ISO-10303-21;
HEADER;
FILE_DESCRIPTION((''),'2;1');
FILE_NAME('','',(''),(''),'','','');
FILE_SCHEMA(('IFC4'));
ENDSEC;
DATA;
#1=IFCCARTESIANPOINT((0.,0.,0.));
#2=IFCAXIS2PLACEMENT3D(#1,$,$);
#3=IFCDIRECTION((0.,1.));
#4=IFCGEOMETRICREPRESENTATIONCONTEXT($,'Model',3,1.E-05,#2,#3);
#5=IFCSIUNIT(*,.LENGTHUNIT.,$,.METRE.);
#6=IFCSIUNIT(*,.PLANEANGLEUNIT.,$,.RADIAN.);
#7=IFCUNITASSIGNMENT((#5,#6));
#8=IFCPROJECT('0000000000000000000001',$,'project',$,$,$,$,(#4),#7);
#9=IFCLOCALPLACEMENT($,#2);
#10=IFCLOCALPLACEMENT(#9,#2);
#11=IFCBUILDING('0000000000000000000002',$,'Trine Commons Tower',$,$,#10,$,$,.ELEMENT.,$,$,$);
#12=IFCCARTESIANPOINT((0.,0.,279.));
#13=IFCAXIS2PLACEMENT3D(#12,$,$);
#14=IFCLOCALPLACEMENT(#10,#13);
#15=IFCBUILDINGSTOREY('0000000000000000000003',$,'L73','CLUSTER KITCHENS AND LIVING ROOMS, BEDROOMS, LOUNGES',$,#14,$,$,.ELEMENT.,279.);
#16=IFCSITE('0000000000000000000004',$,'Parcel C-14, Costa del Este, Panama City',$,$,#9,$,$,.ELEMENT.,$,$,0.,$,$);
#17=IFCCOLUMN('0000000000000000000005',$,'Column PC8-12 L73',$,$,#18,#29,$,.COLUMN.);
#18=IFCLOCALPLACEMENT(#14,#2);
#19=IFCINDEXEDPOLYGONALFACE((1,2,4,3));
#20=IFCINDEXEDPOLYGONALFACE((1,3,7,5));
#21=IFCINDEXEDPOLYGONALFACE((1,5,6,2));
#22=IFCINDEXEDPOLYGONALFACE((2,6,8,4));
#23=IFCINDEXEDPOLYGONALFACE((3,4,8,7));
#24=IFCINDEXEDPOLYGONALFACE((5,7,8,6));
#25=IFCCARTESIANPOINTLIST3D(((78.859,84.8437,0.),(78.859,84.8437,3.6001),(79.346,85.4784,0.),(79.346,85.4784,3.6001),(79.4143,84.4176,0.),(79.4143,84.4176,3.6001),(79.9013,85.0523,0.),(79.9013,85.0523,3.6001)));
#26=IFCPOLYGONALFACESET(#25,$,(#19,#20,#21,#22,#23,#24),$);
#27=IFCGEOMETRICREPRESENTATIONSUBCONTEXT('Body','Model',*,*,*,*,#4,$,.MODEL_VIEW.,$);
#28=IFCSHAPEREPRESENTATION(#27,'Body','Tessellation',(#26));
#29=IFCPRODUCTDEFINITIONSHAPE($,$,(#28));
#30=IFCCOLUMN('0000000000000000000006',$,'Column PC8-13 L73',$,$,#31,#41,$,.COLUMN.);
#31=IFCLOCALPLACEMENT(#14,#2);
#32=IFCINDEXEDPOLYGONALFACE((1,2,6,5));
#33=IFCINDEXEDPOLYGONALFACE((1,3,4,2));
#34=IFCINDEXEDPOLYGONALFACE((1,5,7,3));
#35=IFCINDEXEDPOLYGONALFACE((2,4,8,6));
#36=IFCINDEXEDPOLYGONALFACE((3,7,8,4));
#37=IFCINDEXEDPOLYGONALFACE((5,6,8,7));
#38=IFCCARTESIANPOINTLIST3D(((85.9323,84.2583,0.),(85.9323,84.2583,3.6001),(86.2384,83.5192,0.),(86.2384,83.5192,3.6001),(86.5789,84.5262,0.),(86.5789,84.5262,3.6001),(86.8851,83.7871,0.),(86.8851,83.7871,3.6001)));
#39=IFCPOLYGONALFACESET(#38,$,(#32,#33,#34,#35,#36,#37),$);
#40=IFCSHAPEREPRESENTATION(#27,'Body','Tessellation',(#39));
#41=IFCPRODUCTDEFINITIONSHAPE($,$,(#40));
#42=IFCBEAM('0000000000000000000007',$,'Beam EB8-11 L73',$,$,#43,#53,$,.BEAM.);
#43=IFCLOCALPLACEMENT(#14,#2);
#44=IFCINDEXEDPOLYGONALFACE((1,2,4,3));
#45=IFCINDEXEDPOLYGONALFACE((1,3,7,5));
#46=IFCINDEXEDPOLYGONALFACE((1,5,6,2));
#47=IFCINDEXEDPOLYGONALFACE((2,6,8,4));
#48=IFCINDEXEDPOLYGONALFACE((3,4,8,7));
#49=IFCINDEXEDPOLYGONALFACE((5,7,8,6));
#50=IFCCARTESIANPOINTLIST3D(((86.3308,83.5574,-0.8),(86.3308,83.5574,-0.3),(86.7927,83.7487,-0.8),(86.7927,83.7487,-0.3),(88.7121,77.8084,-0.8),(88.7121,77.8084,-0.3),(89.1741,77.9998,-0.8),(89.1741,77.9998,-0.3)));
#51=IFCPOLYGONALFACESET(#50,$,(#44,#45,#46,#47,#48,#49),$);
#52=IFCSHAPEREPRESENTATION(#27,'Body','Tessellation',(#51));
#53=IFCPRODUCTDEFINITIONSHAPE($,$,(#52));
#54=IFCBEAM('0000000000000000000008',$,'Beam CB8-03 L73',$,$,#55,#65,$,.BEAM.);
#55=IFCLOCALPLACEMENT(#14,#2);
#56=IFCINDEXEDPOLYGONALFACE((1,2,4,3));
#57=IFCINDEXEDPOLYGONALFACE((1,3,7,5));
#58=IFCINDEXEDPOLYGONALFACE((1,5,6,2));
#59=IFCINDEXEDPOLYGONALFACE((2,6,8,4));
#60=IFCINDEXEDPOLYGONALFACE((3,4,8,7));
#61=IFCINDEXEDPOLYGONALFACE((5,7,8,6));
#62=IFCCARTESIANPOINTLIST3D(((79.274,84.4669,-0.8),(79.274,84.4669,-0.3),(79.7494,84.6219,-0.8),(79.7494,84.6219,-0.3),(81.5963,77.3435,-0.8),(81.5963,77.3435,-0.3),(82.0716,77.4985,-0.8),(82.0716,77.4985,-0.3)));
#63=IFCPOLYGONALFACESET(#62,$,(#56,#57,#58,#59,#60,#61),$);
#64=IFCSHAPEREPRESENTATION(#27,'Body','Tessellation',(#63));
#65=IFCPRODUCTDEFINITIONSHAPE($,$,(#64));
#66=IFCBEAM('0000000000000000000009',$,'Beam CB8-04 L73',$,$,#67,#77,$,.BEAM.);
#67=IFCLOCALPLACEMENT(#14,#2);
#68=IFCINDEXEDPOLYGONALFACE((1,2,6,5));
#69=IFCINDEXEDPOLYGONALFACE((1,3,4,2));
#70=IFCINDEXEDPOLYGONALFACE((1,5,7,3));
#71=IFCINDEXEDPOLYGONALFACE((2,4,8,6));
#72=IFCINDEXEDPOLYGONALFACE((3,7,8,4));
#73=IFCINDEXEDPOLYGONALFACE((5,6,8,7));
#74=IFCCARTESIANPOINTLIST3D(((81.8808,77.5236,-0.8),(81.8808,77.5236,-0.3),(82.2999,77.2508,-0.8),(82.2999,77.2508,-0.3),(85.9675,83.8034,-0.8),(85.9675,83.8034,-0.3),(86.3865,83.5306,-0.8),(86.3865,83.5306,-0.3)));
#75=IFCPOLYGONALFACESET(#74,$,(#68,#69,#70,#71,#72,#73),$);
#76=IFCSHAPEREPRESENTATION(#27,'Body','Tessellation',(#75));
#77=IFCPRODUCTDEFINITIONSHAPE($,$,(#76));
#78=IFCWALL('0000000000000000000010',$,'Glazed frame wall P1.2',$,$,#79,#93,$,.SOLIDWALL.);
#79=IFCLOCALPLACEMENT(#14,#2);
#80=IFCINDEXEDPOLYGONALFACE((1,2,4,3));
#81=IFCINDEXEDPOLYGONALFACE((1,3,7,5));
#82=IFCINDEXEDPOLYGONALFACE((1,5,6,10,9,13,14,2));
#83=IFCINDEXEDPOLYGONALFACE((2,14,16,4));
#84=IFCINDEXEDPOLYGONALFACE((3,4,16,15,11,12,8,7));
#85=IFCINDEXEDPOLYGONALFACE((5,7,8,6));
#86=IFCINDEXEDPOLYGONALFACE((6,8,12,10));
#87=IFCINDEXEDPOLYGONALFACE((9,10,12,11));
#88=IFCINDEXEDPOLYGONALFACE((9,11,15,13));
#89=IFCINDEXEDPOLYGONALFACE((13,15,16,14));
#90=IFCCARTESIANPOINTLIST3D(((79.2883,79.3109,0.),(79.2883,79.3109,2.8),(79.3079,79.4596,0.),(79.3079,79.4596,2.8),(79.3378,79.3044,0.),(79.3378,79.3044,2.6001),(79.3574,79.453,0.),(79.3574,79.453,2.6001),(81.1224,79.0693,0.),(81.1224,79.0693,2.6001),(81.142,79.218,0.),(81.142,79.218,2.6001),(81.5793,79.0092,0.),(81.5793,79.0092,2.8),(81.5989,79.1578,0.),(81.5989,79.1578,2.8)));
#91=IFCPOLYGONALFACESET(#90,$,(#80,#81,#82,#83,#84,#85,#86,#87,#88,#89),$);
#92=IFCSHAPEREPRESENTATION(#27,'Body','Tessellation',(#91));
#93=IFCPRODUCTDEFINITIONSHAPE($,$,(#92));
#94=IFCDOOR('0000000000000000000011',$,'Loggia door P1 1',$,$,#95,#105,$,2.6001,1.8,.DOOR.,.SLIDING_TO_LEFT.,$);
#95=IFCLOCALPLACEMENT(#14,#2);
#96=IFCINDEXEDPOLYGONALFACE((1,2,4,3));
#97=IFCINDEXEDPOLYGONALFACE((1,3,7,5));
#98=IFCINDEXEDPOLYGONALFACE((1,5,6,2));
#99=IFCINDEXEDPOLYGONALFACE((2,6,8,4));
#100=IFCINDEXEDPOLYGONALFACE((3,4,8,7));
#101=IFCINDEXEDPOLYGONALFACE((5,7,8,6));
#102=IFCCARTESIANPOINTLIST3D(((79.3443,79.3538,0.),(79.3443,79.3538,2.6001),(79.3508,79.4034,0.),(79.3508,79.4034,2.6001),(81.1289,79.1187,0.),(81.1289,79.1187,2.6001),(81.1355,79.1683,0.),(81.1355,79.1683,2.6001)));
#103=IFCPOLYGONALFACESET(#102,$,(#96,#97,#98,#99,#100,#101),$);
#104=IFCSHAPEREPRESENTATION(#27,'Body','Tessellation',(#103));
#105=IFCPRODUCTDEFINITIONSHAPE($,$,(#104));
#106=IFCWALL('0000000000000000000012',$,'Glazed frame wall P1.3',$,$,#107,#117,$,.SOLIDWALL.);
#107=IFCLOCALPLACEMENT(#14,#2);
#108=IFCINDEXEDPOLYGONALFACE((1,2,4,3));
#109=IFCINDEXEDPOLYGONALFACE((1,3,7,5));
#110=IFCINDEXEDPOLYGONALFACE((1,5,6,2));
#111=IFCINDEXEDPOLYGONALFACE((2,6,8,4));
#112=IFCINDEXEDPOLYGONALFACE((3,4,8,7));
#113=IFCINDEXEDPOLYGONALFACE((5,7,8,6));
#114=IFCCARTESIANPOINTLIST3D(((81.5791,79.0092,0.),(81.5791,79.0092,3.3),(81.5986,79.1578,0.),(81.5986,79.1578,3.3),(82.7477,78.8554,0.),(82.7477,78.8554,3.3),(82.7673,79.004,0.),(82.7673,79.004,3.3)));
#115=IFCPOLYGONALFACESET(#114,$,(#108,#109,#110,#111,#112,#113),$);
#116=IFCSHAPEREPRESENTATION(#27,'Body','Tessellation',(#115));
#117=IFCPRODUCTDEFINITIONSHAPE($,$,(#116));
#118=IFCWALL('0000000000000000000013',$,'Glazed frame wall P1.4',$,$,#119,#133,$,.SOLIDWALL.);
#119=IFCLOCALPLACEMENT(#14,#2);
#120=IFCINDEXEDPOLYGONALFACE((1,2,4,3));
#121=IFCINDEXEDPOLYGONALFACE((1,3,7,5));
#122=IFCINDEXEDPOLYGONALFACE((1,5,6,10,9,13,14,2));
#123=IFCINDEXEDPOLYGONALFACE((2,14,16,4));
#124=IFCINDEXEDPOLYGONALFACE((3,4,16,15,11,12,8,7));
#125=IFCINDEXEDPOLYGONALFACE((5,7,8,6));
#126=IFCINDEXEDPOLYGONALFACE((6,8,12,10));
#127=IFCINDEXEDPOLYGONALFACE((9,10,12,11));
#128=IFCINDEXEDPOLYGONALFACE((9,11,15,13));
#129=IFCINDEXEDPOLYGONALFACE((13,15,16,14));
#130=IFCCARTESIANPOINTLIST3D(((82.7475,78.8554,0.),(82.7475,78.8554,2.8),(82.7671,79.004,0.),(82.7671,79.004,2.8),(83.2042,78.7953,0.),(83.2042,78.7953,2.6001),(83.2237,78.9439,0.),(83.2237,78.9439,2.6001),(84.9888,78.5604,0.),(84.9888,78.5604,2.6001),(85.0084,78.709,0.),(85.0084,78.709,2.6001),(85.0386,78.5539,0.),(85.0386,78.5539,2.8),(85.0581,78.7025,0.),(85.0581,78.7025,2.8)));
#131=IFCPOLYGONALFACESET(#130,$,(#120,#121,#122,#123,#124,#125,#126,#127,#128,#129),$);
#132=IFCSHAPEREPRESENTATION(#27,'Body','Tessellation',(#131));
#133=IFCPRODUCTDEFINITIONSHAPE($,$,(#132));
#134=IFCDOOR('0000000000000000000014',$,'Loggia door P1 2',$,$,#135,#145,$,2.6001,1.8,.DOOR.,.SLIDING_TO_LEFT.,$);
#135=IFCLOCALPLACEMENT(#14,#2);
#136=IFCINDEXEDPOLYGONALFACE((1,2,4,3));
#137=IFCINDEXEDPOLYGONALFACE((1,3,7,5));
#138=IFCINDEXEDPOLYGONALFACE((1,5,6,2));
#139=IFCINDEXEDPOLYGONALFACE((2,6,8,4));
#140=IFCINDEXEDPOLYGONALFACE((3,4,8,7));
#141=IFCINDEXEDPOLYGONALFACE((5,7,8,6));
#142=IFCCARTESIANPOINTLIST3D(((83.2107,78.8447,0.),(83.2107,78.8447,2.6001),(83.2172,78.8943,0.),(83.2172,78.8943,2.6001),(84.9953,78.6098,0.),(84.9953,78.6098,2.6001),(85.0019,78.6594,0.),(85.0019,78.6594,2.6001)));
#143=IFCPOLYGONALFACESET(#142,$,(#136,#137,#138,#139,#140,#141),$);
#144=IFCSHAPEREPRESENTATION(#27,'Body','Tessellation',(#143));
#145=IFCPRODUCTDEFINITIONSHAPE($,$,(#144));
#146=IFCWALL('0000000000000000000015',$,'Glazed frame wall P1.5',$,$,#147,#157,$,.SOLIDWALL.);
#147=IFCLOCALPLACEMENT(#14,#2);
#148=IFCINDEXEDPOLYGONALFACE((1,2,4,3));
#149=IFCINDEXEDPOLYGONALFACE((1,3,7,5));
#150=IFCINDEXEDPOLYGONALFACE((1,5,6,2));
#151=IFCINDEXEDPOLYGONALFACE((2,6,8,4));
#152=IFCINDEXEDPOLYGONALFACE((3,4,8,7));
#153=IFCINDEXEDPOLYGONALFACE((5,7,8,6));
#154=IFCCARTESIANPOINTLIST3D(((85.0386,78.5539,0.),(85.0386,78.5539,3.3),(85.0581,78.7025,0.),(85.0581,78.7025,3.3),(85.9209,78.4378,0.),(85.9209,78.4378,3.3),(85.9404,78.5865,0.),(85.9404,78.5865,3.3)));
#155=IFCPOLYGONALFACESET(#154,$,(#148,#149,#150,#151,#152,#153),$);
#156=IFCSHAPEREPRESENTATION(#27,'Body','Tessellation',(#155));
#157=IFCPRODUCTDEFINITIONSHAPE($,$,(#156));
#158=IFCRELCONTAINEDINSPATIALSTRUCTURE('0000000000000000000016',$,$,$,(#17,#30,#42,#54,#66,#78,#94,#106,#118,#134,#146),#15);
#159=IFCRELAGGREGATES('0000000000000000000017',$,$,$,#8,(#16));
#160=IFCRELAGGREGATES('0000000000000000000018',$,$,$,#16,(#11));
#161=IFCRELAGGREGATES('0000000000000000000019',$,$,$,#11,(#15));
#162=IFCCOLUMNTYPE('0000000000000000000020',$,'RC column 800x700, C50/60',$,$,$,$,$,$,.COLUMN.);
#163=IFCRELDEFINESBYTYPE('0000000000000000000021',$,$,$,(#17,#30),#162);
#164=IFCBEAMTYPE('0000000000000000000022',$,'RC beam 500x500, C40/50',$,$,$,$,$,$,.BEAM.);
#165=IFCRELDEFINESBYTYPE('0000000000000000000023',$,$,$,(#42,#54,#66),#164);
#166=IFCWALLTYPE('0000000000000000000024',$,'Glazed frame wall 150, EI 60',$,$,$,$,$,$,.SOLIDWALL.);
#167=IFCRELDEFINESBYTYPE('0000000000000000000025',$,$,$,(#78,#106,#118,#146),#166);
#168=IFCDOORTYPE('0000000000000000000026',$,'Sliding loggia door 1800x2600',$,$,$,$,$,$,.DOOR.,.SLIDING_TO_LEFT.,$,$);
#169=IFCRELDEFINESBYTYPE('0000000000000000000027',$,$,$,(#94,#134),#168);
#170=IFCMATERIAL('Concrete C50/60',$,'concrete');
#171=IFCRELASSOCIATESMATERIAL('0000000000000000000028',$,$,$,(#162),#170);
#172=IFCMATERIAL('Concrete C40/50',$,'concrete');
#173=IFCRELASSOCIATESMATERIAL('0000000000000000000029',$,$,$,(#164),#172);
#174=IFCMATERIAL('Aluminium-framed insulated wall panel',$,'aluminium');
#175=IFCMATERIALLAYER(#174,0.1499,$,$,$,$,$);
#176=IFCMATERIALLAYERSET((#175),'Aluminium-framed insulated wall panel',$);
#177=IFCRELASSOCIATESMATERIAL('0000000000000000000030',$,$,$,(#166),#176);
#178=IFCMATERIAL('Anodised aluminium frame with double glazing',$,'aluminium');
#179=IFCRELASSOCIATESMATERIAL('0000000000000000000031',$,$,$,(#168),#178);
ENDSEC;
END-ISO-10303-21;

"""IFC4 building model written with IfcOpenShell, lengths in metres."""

from ifc_helpers import new_model, si_unit, direction, frame, frame_2d, origin, origin_2d, place, context, subcontext, project, spatial, polyline, rectangle, outline, extrude, material, layer, layer_set, material_profile, profile_set, type_object, element, fill, save


model = new_model("IFC4")

# Units and contexts
model_context = context("Model", 3, precision=1e-05, world=origin(), true_north=direction((0.0, 1.0)))
body_context = subcontext(model_context, "Body", "Model", "MODEL_VIEW")
ifc_project = project(units=[si_unit("LENGTHUNIT", "METRE"), si_unit("PLANEANGLEUNIT", "RADIAN")], contexts=[model_context])

# Site, building, storey
site_placement = place(None, origin())
site = spatial("IfcSite", under=ifc_project, at=site_placement, Name="Parcel C-14, Costa del Este, Panama City", CompositionType="ELEMENT", RefElevation=0.0)
building_placement = place(site_placement, origin())
building = spatial("IfcBuilding", under=site, at=building_placement, Name="Trine Commons Tower", CompositionType="ELEMENT")
storey_placement = place(building_placement, frame((0.0, 0.0, 279.0)))
storey = spatial("IfcBuildingStorey", under=building, at=storey_placement, Name="L73", Description="CLUSTER KITCHENS AND LIVING ROOMS, BEDROOMS, LOUNGES", CompositionType="ELEMENT", Elevation=279.0)

# Columns
ifc_material_1 = material(Name="Concrete C50/60", Category="concrete")
ifc_material_profile_1 = material_profile(ifc_material_1, rectangle(XDim=0.8, YDim=0.7, at=origin_2d()), Name="RC 800x700")
ifc_profile_set_1 = profile_set([ifc_material_profile_1], Name="Concrete C50/60")
column_type = type_object("IfcColumnType", Name="RC column 800x700, C50/60", PredefinedType="COLUMN", material=ifc_profile_set_1)
for number, where, z_axis, x_axis, name in (
    (1, (79.3801, 84.948, 0.0), (0.0, 0.0, 1.0), (0.608761, 0.793353, 0.0), "Column PC8-12 L73"),
    (2, (86.4087, 84.0227, 0.0), (0.0, 0.0, 1.0), (-0.382683, 0.92388, 0.0), "Column PC8-13 L73"),
):
    element("IfcColumn", number, at=place(storey_placement, frame(where, z_axis=z_axis, x_axis=x_axis)), inside=storey, type_object=column_type, Name=name, PredefinedType="COLUMN", context=body_context, shape_type="SweptSolid", body=[
        extrude(rectangle(XDim=0.8, YDim=0.7, at=origin_2d()), origin(), (0.0, 0.0, 1.0), 3.6001),
    ])

# Beams
ifc_material_2 = material(Name="Concrete C40/50", Category="concrete")
ifc_material_profile_2 = material_profile(ifc_material_2, rectangle(XDim=0.5, YDim=0.5, at=origin_2d()), Name="RC 500x500")
ifc_profile_set_2 = profile_set([ifc_material_profile_2], Name="Concrete C40/50")
beam_type = type_object("IfcBeamType", Name="RC beam 500x500, C40/50", PredefinedType="BEAM", material=ifc_profile_set_2)
beam_placement = place(storey_placement, frame((86.5618, 83.6531, -0.55), z_axis=(0.382687, -0.923878, 0.0), x_axis=(0.923878, 0.382687, 0.0)))
element("IfcBeam", 3, at=beam_placement, inside=storey, type_object=beam_type, Name="Beam EB8-11 L73", PredefinedType="BEAM", context=body_context, shape_type="SweptSolid", body=[
    extrude(rectangle(XDim=0.5, YDim=0.5, at=origin_2d()), origin(), (0.0, 0.0, 1.0), 6.2227),
])
for number, where, z_axis, x_axis, name in (
    (4, (79.5117, 84.5444, -0.55), (0.309945, -0.950754, 0.0), (0.950754, 0.309945, 0.0), "Beam CB8-03 L73"),
    (5, (86.177, 83.667, -0.55), (-0.54544, -0.83815, 0.0), (0.83815, -0.54544, 0.0), "Beam CB8-04 L73"),
):
    element("IfcBeam", number, at=place(storey_placement, frame(where, z_axis=z_axis, x_axis=x_axis)), inside=storey, type_object=beam_type, Name=name, PredefinedType="BEAM", context=body_context, shape_type="SweptSolid", body=[
        extrude(rectangle(XDim=0.5, YDim=0.5, at=origin_2d()), origin(), (0.0, 0.0, 1.0), 7.4924),
    ])

# Wall, opening, door
ifc_material_3 = material(Name="Aluminium-framed insulated wall panel", Category="aluminium")
ifc_layer_1 = layer(ifc_material_3, 0.1499)
ifc_layer_set_1 = layer_set([ifc_layer_1], Name="Aluminium-framed insulated wall panel")
wall_type_1 = type_object("IfcWallType", Name="Glazed frame wall 150, EI 60", PredefinedType="SOLIDWALL", material=ifc_layer_set_1)
wall_1_placement = place(storey_placement, frame((79.2981, 79.3853, 0.0), z_axis=(0.0, 0.0, 1.0), x_axis=(0.991435, -0.130599, 0.0)))
wall_1 = element("IfcWall", 6, at=wall_1_placement, inside=storey, type_object=wall_type_1, Name="Glazed frame wall P1.2", PredefinedType="SOLIDWALL", context=body_context, shape_type="SweptSolid", body=[
    extrude(outline(polyline([(0.0, -0.075), (2.3108, -0.075), (2.3108, 0.075), (0.0, 0.075), (0.0, -0.075)])), origin(), (0.0, 0.0, 1.0), 2.8),
])
opening_1_placement = place(wall_1_placement, frame((0.05, 0.0, 0.0)))
opening_1 = element("IfcOpeningElement", 7, at=opening_1_placement, cuts=wall_1, PredefinedType="OPENING", context=body_context, shape_type="SweptSolid", body=[
    extrude(rectangle(XDim=1.8, YDim=2.6001, at=frame_2d((0.8999, 1.3))), frame((0.0, 0.085, 0.0), z_axis=(0.0, -1.0, 0.0), x_axis=(1.0, 0.0, 0.0)), (0.0, 0.0, 1.0), 0.1699),
])
ifc_material_4 = material(Name="Anodised aluminium frame with double glazing", Category="aluminium")
door_type = type_object("IfcDoorType", Name="Sliding loggia door 1800x2600", OperationType="SLIDING_TO_LEFT", PredefinedType="DOOR", material=ifc_material_4)
door_1_placement = place(opening_1_placement, origin())
door_1 = element("IfcDoor", 8, at=door_1_placement, inside=storey, type_object=door_type, Name="Loggia door P1 1", OperationType="SLIDING_TO_LEFT", OverallHeight=2.6001, OverallWidth=1.8, PredefinedType="DOOR", context=body_context, shape_type="SweptSolid", body=[
    extrude(rectangle(XDim=1.8, YDim=2.6001, at=frame_2d((0.8999, 1.3))), frame((0.0, 0.0249, 0.0), z_axis=(0.0, -1.0, 0.0), x_axis=(1.0, 0.0, 0.0)), (0.0, 0.0, 1.0), 0.05),
])
fill(opening_1, door_1)

# Wall
wall_2_placement = place(storey_placement, frame((81.5889, 79.0835, 0.0), z_axis=(0.0, 0.0, 1.0), x_axis=(0.991447, -0.130508, 0.0)))
element("IfcWall", 9, at=wall_2_placement, inside=storey, type_object=wall_type_1, Name="Glazed frame wall P1.3", PredefinedType="SOLIDWALL", context=body_context, shape_type="SweptSolid", body=[
    extrude(outline(polyline([(0.0, -0.075), (1.1787, -0.075), (1.1787, 0.075), (0.0, 0.075), (0.0, -0.075)])), origin(), (0.0, 0.0, 1.0), 3.3),
])

# Wall, opening, door
wall_3_placement = place(storey_placement, frame((82.7573, 78.9297, 0.0), z_axis=(0.0, 0.0, 1.0), x_axis=(0.991451, -0.130482, 0.0)))
wall_3 = element("IfcWall", 10, at=wall_3_placement, inside=storey, type_object=wall_type_1, Name="Glazed frame wall P1.4", PredefinedType="SOLIDWALL", context=body_context, shape_type="SweptSolid", body=[
    extrude(outline(polyline([(0.0, -0.075), (2.3108, -0.075), (2.3108, 0.075), (0.0, 0.075), (0.0, -0.075)])), origin(), (0.0, 0.0, 1.0), 2.8),
])
opening_2_placement = place(wall_3_placement, frame((0.4607, 0.0, 0.0)))
opening_2 = element("IfcOpeningElement", 11, at=opening_2_placement, cuts=wall_3, PredefinedType="OPENING", context=body_context, shape_type="SweptSolid", body=[
    extrude(rectangle(XDim=1.8, YDim=2.6001, at=frame_2d((0.8999, 1.3))), frame((0.0, 0.085, 0.0), z_axis=(0.0, -1.0, 0.0), x_axis=(1.0, 0.0, 0.0)), (0.0, 0.0, 1.0), 0.1699),
])
door_2_placement = place(opening_2_placement, origin())
door_2 = element("IfcDoor", 12, at=door_2_placement, inside=storey, type_object=door_type, Name="Loggia door P1 2", OperationType="SLIDING_TO_LEFT", OverallHeight=2.6001, OverallWidth=1.8, PredefinedType="DOOR", context=body_context, shape_type="SweptSolid", body=[
    extrude(rectangle(XDim=1.8, YDim=2.6001, at=frame_2d((0.8999, 1.3))), frame((0.0, 0.0249, 0.0), z_axis=(0.0, -1.0, 0.0), x_axis=(1.0, 0.0, 0.0)), (0.0, 0.0, 1.0), 0.05),
])
fill(opening_2, door_2)

# Wall
wall_4_placement = place(storey_placement, frame((85.0483, 78.6282, 0.0), z_axis=(0.0, 0.0, 1.0), x_axis=(0.991465, -0.130372, 0.0)))
element("IfcWall", 13, at=wall_4_placement, inside=storey, type_object=wall_type_1, Name="Glazed frame wall P1.5", PredefinedType="SOLIDWALL", context=body_context, shape_type="SweptSolid", body=[
    extrude(outline(polyline([(0.8899, 0.075), (0.0, 0.075), (0.0, -0.075), (0.8899, -0.075), (0.8899, 0.075)])), origin(), (0.0, 0.0, 1.0), 3.3),
])

save(model, "model.ifc")
